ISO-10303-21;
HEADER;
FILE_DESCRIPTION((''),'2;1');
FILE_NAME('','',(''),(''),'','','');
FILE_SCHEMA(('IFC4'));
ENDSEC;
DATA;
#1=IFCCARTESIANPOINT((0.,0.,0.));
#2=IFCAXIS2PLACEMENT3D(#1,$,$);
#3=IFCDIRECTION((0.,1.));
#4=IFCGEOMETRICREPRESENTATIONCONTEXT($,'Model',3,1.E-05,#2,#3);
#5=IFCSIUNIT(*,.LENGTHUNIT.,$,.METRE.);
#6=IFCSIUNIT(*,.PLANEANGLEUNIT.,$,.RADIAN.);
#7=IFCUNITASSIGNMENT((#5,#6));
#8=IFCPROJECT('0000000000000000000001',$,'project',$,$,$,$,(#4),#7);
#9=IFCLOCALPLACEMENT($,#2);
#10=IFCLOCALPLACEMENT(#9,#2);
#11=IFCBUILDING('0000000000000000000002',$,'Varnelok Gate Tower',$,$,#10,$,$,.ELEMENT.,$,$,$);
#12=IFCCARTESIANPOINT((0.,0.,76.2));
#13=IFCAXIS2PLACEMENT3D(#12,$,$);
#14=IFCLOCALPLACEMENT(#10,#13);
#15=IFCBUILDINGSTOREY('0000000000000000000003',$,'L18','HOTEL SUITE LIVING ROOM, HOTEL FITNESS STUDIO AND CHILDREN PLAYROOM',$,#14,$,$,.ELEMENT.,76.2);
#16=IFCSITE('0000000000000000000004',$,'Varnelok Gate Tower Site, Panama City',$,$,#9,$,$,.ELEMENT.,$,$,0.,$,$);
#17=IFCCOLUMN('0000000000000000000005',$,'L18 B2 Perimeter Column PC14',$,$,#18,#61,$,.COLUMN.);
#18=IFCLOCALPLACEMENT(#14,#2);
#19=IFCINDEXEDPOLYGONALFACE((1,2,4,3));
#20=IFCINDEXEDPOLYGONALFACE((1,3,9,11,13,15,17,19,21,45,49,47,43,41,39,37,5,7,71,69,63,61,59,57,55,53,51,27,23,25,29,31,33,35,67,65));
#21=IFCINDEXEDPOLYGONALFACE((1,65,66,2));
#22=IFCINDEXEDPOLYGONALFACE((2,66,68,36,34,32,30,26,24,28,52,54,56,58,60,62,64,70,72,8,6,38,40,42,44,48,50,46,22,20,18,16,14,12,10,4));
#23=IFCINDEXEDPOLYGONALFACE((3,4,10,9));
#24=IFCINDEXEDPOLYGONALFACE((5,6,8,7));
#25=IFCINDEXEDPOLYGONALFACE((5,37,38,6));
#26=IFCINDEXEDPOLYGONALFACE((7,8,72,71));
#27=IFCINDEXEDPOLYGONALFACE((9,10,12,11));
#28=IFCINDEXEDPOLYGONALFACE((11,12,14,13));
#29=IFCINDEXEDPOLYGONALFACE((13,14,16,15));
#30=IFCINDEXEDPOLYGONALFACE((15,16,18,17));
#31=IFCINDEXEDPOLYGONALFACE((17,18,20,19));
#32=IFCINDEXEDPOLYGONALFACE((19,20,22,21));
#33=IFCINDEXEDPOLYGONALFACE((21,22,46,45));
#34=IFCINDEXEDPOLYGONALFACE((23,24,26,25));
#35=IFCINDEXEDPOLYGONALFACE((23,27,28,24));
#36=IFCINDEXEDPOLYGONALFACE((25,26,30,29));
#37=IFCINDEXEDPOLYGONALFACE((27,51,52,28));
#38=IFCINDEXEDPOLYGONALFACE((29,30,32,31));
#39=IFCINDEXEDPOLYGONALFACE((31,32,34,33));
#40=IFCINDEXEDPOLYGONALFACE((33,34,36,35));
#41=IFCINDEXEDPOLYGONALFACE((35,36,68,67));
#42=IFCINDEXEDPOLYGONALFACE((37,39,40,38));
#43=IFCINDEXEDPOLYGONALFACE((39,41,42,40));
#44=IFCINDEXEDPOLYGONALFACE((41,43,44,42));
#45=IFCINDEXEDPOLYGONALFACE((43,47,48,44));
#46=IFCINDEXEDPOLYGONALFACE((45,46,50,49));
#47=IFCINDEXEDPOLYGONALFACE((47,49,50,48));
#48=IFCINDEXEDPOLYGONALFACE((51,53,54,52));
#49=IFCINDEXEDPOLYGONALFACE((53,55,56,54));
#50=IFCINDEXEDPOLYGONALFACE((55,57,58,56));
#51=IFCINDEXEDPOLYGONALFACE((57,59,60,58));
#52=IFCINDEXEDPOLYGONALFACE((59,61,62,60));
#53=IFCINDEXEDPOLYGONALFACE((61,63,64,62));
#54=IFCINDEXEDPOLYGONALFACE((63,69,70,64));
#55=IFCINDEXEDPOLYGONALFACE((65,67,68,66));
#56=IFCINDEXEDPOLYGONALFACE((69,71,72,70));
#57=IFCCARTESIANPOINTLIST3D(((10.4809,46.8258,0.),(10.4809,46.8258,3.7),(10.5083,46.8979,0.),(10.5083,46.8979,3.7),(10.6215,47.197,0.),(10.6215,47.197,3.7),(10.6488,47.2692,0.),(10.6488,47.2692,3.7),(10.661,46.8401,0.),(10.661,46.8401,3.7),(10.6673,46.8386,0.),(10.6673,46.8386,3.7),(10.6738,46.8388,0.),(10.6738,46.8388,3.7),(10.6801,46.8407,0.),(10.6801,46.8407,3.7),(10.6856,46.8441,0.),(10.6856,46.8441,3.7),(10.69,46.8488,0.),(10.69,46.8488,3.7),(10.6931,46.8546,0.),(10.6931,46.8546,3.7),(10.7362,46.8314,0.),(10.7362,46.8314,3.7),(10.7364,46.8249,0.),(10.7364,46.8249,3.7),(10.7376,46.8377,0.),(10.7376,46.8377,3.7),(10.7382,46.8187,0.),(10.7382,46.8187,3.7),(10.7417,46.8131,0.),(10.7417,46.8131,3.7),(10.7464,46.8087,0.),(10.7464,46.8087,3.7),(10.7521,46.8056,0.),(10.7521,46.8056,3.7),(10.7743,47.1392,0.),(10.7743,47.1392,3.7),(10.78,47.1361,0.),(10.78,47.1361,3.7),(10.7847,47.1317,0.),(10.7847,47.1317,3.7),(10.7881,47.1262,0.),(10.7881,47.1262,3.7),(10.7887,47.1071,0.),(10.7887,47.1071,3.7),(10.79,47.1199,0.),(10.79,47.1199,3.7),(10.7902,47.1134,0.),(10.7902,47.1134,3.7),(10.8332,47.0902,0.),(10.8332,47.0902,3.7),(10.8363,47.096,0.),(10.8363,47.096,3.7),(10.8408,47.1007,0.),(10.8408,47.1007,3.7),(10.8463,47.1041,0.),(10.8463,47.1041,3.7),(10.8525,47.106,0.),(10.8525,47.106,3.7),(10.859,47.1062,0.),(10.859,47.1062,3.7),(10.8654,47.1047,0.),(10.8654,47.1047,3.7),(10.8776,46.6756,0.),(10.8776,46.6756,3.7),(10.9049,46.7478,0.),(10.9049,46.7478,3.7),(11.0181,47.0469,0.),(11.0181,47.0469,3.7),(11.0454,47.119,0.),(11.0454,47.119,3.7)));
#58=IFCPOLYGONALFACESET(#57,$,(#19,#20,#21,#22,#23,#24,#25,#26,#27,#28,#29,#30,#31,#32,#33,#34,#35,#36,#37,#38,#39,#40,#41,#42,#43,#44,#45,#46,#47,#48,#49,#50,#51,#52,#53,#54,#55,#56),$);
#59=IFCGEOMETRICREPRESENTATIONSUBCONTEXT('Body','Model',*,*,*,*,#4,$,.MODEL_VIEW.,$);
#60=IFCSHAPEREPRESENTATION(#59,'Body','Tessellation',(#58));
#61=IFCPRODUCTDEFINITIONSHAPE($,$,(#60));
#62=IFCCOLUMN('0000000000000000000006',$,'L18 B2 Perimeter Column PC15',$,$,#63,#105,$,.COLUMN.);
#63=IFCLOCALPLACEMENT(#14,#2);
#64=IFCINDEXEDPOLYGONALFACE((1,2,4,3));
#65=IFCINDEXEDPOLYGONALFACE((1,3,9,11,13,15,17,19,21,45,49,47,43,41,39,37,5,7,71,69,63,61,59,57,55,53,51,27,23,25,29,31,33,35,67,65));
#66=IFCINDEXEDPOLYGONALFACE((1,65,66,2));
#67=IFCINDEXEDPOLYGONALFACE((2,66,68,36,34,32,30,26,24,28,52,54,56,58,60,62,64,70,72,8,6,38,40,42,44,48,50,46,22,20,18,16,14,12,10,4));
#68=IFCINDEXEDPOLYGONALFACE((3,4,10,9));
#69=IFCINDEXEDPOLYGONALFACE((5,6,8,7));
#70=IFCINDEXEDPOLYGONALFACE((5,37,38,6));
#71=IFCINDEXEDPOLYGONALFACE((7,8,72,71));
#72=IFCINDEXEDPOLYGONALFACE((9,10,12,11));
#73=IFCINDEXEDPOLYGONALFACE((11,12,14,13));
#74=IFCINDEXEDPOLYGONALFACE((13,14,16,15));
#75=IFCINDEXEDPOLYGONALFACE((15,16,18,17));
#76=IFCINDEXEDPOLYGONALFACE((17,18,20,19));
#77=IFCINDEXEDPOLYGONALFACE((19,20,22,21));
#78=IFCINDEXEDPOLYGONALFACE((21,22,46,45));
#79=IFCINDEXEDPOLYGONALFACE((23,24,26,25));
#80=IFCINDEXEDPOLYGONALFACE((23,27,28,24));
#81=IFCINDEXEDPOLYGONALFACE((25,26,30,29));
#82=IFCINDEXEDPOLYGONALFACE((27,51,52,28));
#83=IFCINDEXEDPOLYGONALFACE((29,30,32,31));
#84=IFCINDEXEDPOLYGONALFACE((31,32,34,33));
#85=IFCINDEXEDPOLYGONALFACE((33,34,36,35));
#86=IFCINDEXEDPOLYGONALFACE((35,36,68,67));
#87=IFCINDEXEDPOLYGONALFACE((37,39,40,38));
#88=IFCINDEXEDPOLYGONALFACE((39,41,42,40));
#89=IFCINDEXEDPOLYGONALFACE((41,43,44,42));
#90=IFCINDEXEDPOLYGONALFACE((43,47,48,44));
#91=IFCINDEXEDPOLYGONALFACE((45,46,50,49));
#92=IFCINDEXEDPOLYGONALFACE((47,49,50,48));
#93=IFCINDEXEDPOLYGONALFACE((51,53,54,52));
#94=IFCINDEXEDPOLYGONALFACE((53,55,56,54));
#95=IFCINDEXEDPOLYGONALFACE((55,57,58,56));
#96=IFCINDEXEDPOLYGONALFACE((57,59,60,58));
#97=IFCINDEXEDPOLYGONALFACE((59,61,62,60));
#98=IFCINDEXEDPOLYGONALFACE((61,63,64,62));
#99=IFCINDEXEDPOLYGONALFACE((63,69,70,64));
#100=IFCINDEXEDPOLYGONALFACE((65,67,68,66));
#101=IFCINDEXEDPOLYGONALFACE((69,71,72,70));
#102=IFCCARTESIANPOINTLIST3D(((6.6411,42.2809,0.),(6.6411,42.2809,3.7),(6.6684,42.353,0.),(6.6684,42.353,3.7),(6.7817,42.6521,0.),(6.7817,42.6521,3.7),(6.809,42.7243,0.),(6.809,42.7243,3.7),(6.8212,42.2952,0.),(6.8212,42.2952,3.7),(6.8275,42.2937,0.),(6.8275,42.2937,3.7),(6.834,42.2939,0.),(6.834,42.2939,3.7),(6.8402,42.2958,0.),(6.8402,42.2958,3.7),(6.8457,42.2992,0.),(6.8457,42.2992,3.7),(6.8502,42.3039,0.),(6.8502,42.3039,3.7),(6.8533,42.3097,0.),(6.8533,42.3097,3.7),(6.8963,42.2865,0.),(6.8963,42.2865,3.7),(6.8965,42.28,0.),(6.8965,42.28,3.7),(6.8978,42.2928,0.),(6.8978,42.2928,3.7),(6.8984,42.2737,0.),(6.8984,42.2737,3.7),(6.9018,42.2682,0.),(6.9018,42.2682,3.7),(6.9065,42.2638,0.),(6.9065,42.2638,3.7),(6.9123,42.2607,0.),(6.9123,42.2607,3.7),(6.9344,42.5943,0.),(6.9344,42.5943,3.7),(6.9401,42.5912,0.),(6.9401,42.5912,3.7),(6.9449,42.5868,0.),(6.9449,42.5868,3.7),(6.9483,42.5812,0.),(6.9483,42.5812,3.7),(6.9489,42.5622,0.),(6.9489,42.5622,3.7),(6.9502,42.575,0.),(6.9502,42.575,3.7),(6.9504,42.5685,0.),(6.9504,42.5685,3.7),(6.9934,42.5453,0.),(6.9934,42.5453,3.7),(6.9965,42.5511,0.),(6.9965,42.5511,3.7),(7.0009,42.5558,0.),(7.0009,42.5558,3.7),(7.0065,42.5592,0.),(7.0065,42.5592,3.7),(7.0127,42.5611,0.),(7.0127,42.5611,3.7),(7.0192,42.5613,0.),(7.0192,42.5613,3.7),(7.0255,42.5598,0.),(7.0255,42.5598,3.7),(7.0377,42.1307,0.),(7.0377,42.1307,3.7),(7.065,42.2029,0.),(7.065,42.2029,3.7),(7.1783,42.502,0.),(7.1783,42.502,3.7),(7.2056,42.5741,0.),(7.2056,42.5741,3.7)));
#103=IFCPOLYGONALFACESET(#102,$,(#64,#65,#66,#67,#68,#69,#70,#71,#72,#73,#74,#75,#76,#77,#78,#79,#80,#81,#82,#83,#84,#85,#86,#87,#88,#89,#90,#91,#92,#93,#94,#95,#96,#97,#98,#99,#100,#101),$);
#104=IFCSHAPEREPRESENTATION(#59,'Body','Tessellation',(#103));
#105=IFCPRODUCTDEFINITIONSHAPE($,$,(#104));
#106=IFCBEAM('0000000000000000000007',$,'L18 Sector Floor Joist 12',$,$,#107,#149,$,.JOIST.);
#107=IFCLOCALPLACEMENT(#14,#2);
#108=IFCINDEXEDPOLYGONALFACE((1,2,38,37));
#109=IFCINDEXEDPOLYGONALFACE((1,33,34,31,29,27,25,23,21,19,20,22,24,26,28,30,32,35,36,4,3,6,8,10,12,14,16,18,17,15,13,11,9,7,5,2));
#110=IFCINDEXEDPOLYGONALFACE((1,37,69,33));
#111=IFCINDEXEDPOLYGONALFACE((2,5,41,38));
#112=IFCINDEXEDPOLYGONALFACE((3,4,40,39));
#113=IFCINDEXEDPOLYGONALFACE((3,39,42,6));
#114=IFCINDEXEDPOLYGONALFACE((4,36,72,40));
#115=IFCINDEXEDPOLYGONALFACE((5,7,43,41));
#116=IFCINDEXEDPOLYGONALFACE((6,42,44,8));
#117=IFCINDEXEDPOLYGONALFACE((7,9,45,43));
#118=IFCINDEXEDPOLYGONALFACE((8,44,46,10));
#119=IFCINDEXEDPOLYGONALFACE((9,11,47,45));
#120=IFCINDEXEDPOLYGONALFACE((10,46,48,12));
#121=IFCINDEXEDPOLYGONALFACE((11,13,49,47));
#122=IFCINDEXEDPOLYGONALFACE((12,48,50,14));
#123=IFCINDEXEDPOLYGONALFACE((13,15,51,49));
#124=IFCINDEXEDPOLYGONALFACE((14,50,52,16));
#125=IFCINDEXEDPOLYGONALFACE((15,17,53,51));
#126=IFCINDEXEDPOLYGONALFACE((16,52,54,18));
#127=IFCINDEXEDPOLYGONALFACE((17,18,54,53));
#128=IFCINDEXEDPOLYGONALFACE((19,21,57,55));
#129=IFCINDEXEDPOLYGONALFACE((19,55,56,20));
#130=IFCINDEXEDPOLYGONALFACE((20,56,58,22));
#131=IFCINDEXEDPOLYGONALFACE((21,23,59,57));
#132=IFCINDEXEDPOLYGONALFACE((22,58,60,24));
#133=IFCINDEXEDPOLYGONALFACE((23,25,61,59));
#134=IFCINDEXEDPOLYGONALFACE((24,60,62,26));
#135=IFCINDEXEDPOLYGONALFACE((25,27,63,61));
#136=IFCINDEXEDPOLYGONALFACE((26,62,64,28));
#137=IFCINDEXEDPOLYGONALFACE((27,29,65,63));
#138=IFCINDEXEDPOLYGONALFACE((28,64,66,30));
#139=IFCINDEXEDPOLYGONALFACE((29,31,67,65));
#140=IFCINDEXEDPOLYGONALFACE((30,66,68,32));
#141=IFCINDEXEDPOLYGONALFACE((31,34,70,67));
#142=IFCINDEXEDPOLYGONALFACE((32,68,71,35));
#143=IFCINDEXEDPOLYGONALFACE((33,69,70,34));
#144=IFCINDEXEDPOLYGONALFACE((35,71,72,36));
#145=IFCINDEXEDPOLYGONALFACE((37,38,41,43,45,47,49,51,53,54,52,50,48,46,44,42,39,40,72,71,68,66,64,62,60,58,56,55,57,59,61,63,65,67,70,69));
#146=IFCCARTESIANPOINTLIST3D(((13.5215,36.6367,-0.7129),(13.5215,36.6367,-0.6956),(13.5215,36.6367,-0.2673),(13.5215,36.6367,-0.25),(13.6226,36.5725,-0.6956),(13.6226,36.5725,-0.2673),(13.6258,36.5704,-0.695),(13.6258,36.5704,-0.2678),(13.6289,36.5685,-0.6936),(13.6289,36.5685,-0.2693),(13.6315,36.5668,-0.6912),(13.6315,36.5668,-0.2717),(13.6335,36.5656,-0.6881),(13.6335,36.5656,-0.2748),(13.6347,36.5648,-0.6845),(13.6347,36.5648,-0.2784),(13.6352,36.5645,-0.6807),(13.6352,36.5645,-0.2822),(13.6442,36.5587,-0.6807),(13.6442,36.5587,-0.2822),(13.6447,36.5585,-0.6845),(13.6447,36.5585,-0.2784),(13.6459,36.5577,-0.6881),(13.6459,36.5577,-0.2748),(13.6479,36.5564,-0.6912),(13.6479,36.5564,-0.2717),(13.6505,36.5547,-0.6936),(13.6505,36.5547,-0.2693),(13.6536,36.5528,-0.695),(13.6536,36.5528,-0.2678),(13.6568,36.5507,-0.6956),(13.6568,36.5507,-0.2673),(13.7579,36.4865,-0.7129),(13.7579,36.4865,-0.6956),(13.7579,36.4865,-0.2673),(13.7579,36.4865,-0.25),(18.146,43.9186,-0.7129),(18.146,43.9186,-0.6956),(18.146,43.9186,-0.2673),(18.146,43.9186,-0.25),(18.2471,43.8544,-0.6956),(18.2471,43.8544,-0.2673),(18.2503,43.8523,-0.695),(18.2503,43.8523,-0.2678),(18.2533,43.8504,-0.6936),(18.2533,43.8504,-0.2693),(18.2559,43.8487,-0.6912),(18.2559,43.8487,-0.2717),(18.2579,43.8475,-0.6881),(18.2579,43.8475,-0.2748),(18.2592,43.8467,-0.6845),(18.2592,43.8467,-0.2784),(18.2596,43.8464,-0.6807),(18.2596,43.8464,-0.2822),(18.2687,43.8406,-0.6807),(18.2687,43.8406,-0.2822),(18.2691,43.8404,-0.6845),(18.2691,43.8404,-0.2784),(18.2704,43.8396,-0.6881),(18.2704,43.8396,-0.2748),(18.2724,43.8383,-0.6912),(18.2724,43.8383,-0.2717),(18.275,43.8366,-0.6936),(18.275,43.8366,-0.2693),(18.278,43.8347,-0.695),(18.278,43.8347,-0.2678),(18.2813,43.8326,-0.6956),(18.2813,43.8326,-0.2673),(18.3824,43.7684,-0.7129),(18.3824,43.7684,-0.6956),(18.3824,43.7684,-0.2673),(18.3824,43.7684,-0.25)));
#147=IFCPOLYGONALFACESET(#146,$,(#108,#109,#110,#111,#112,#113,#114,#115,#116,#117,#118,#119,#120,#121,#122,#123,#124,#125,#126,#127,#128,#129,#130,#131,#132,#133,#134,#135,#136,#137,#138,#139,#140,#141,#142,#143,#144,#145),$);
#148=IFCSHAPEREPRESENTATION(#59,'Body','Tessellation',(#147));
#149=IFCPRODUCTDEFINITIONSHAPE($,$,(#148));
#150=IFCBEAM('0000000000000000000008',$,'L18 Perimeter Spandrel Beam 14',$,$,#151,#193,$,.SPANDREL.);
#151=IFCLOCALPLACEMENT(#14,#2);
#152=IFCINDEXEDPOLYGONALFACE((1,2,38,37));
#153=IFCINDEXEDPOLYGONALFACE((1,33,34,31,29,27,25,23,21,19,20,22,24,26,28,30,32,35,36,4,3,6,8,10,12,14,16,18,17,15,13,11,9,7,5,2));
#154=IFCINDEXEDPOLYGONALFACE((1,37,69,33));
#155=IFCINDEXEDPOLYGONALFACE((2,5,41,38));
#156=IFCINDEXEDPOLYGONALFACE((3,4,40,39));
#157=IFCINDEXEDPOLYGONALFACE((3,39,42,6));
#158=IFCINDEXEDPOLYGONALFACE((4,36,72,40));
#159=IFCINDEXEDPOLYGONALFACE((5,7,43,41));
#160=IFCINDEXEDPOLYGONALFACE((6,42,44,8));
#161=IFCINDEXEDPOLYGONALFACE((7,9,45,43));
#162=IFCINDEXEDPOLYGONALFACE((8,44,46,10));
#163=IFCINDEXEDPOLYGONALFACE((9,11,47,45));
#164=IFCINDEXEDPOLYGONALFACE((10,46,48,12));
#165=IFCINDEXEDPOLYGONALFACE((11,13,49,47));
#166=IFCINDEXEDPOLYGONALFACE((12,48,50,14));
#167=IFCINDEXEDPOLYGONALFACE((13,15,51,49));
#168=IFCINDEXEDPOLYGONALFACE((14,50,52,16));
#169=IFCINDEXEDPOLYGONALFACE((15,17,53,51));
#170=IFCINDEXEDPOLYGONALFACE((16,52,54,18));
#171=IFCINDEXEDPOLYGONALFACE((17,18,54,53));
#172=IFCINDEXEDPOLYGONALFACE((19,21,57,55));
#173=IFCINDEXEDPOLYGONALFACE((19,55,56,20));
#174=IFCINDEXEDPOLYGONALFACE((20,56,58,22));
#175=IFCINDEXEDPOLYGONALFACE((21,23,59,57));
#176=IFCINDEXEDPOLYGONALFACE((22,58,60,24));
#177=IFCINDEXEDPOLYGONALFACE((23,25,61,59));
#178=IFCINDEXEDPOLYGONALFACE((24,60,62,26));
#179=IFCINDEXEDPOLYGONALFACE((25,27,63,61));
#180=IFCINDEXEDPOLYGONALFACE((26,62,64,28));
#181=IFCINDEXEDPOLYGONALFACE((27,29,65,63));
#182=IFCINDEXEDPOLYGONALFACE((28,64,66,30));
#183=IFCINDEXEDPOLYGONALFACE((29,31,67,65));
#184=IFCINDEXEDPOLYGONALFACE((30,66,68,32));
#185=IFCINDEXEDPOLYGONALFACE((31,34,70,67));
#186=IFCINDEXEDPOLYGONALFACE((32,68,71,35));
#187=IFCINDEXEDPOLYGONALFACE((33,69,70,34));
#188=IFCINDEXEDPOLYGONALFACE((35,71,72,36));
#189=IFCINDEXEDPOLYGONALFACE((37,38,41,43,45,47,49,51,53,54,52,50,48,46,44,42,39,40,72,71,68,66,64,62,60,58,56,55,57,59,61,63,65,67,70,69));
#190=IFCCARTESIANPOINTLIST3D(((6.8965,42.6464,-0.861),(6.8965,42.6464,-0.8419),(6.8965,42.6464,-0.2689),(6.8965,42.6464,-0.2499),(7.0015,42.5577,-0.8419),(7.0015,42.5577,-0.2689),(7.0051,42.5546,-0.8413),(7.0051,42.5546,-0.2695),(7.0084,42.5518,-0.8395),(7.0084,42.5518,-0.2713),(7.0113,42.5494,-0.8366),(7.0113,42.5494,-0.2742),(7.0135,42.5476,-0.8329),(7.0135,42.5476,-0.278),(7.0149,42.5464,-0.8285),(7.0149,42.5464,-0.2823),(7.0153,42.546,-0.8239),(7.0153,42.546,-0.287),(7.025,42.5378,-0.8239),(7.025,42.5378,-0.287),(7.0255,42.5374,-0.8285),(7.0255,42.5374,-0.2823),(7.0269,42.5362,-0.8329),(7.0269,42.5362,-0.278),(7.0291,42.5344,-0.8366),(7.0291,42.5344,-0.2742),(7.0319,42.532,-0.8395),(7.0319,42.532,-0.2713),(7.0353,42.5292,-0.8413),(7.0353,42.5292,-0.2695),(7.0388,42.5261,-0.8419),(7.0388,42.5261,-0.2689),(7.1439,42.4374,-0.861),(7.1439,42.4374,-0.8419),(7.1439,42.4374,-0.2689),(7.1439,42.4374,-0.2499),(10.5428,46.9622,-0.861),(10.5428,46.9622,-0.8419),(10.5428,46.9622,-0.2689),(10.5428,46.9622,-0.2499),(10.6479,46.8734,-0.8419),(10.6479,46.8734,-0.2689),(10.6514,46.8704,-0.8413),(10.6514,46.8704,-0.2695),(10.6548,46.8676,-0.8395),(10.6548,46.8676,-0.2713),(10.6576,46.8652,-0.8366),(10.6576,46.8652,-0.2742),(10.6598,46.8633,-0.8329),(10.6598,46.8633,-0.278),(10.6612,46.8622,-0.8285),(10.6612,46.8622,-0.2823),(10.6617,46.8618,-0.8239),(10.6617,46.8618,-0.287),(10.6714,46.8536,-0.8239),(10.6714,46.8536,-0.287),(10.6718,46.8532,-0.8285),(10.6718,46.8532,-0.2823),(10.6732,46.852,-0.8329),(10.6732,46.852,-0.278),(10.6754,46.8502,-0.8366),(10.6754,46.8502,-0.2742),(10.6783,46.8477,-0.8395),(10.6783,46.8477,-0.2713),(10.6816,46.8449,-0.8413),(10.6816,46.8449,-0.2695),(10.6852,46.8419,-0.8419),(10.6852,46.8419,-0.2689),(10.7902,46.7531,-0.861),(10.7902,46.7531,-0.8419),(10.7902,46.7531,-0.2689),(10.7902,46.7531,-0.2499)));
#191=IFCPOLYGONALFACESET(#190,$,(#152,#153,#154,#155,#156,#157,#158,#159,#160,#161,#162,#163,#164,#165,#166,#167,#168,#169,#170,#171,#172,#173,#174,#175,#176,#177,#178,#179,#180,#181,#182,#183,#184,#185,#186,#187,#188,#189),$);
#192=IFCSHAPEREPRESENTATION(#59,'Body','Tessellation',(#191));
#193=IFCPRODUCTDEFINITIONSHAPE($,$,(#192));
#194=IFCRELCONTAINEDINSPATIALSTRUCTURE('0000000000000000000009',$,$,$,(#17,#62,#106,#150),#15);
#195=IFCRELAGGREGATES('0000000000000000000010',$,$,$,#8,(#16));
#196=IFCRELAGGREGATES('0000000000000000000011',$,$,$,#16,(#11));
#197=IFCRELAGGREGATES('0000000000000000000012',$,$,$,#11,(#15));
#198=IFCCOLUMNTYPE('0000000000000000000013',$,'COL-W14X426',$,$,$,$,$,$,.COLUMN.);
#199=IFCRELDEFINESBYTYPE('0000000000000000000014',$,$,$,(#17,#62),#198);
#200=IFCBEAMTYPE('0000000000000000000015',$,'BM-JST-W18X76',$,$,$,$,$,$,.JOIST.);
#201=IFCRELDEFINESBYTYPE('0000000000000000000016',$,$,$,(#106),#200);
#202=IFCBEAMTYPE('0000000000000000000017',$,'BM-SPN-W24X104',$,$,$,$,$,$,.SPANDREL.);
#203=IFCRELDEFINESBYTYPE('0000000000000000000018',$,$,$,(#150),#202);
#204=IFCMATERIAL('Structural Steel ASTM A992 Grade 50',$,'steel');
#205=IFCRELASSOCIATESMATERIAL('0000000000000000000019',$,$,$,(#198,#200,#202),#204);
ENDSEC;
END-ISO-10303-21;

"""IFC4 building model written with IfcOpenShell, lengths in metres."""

from ifc_helpers import new_model, si_unit, direction, frame, origin, origin_2d, place, context, subcontext, project, spatial, i_section, extrude, material, material_profile, profile_set, type_object, element, save


model = new_model("IFC4")

# Units and contexts
model_context = context("Model", 3, precision=1e-05, world=origin(), true_north=direction((0.0, 1.0)))
body_context = subcontext(model_context, "Body", "Model", "MODEL_VIEW")
ifc_project = project(units=[si_unit("LENGTHUNIT", "METRE"), si_unit("PLANEANGLEUNIT", "RADIAN")], contexts=[model_context])

# Site, building, storey
site_placement = place(None, origin())
site = spatial("IfcSite", under=ifc_project, at=site_placement, Name="Varnelok Gate Tower Site, Panama City", CompositionType="ELEMENT", RefElevation=0.0)
building_placement = place(site_placement, origin())
building = spatial("IfcBuilding", under=site, at=building_placement, Name="Varnelok Gate Tower", CompositionType="ELEMENT")
storey_placement = place(building_placement, frame((0.0, 0.0, 76.2)))
storey = spatial("IfcBuildingStorey", under=building, at=storey_placement, Name="L18", Description="HOTEL SUITE LIVING ROOM, HOTEL FITNESS STUDIO AND CHILDREN PLAYROOM", CompositionType="ELEMENT", Elevation=76.2)

# Columns
ifc_material_1 = material(Name="Structural Steel ASTM A992 Grade 50", Category="steel")
ifc_material_profile_1 = material_profile(ifc_material_1, i_section(OverallWidth=0.4241, OverallDepth=0.4741, WebThickness=0.0476, FlangeThickness=0.0771, FilletRadius=0.0249, at=origin_2d()), Name="W14X426")
ifc_profile_set_1 = profile_set([ifc_material_profile_1], Name="Structural Steel ASTM A992 Grade 50")
column_type = type_object("IfcColumnType", Name="COL-W14X426", PredefinedType="COLUMN", material=ifc_profile_set_1)
for number, where, z_axis, x_axis, name in (
    (1, (10.7632, 46.9724, 0.0), (0.0, 0.0, 1.0), (0.935222, -0.354063, 0.0), "L18 B2 Perimeter Column PC14"),
    (2, (6.9233, 42.4275, 0.0), (0.0, 0.0, 1.0), (0.935222, -0.354063, 0.0), "L18 B2 Perimeter Column PC15"),
):
    element("IfcColumn", number, at=place(storey_placement, frame(where, z_axis=z_axis, x_axis=x_axis)), inside=storey, type_object=column_type, Name=name, PredefinedType="COLUMN", context=body_context, shape_type="SweptSolid", body=[
        extrude(i_section(OverallWidth=0.4241, OverallDepth=0.4741, WebThickness=0.0476, FlangeThickness=0.0771, FilletRadius=0.0249, at=origin_2d()), origin(), (0.0, 0.0, 1.0), 3.7),
    ])

# Beams
ifc_material_profile_2 = material_profile(ifc_material_1, i_section(OverallWidth=0.28, OverallDepth=0.4629, WebThickness=0.0107, FlangeThickness=0.0173, FilletRadius=0.0149, at=origin_2d()), Name="W18X76")
ifc_profile_set_2 = profile_set([ifc_material_profile_2], Name="Structural Steel ASTM A992 Grade 50")
beam_type_1 = type_object("IfcBeamType", Name="BM-JST-W18X76", PredefinedType="JOIST", material=ifc_profile_set_2)
beam_1_placement = place(storey_placement, frame((18.2642, 43.8435, -0.4814), z_axis=(-0.536093, -0.844159, 0.0), x_axis=(0.844159, -0.536093, 0.0)))
element("IfcBeam", 3, at=beam_1_placement, inside=storey, type_object=beam_type_1, Name="L18 Sector Floor Joist 12", PredefinedType="JOIST", context=body_context, shape_type="SweptSolid", body=[
    extrude(i_section(OverallWidth=0.28, OverallDepth=0.4629, WebThickness=0.0107, FlangeThickness=0.0173, FilletRadius=0.0149, at=origin_2d()), origin(), (0.0, 0.0, 1.0), 8.6262),
])
ifc_material_profile_3 = material_profile(ifc_material_1, i_section(OverallWidth=0.324, OverallDepth=0.6111, WebThickness=0.0127, FlangeThickness=0.019, FilletRadius=0.0181, at=origin_2d()), Name="W24X104")
ifc_profile_set_3 = profile_set([ifc_material_profile_3], Name="Structural Steel ASTM A992 Grade 50")
beam_type_2 = type_object("IfcBeamType", Name="BM-SPN-W24X104", PredefinedType="SPANDREL", material=ifc_profile_set_3)
beam_2_placement = place(storey_placement, frame((10.6665, 46.8577, -0.5554), z_axis=(-0.645376, -0.763865, 0.0), x_axis=(0.763865, -0.645376, 0.0)))
element("IfcBeam", 4, at=beam_2_placement, inside=storey, type_object=beam_type_2, Name="L18 Perimeter Spandrel Beam 14", PredefinedType="SPANDREL", context=body_context, shape_type="SweptSolid", body=[
    extrude(i_section(OverallWidth=0.324, OverallDepth=0.6111, WebThickness=0.0127, FlangeThickness=0.019, FilletRadius=0.0181, at=origin_2d()), origin(), (0.0, 0.0, 1.0), 5.6499),
])

save(model, "model.ifc")
